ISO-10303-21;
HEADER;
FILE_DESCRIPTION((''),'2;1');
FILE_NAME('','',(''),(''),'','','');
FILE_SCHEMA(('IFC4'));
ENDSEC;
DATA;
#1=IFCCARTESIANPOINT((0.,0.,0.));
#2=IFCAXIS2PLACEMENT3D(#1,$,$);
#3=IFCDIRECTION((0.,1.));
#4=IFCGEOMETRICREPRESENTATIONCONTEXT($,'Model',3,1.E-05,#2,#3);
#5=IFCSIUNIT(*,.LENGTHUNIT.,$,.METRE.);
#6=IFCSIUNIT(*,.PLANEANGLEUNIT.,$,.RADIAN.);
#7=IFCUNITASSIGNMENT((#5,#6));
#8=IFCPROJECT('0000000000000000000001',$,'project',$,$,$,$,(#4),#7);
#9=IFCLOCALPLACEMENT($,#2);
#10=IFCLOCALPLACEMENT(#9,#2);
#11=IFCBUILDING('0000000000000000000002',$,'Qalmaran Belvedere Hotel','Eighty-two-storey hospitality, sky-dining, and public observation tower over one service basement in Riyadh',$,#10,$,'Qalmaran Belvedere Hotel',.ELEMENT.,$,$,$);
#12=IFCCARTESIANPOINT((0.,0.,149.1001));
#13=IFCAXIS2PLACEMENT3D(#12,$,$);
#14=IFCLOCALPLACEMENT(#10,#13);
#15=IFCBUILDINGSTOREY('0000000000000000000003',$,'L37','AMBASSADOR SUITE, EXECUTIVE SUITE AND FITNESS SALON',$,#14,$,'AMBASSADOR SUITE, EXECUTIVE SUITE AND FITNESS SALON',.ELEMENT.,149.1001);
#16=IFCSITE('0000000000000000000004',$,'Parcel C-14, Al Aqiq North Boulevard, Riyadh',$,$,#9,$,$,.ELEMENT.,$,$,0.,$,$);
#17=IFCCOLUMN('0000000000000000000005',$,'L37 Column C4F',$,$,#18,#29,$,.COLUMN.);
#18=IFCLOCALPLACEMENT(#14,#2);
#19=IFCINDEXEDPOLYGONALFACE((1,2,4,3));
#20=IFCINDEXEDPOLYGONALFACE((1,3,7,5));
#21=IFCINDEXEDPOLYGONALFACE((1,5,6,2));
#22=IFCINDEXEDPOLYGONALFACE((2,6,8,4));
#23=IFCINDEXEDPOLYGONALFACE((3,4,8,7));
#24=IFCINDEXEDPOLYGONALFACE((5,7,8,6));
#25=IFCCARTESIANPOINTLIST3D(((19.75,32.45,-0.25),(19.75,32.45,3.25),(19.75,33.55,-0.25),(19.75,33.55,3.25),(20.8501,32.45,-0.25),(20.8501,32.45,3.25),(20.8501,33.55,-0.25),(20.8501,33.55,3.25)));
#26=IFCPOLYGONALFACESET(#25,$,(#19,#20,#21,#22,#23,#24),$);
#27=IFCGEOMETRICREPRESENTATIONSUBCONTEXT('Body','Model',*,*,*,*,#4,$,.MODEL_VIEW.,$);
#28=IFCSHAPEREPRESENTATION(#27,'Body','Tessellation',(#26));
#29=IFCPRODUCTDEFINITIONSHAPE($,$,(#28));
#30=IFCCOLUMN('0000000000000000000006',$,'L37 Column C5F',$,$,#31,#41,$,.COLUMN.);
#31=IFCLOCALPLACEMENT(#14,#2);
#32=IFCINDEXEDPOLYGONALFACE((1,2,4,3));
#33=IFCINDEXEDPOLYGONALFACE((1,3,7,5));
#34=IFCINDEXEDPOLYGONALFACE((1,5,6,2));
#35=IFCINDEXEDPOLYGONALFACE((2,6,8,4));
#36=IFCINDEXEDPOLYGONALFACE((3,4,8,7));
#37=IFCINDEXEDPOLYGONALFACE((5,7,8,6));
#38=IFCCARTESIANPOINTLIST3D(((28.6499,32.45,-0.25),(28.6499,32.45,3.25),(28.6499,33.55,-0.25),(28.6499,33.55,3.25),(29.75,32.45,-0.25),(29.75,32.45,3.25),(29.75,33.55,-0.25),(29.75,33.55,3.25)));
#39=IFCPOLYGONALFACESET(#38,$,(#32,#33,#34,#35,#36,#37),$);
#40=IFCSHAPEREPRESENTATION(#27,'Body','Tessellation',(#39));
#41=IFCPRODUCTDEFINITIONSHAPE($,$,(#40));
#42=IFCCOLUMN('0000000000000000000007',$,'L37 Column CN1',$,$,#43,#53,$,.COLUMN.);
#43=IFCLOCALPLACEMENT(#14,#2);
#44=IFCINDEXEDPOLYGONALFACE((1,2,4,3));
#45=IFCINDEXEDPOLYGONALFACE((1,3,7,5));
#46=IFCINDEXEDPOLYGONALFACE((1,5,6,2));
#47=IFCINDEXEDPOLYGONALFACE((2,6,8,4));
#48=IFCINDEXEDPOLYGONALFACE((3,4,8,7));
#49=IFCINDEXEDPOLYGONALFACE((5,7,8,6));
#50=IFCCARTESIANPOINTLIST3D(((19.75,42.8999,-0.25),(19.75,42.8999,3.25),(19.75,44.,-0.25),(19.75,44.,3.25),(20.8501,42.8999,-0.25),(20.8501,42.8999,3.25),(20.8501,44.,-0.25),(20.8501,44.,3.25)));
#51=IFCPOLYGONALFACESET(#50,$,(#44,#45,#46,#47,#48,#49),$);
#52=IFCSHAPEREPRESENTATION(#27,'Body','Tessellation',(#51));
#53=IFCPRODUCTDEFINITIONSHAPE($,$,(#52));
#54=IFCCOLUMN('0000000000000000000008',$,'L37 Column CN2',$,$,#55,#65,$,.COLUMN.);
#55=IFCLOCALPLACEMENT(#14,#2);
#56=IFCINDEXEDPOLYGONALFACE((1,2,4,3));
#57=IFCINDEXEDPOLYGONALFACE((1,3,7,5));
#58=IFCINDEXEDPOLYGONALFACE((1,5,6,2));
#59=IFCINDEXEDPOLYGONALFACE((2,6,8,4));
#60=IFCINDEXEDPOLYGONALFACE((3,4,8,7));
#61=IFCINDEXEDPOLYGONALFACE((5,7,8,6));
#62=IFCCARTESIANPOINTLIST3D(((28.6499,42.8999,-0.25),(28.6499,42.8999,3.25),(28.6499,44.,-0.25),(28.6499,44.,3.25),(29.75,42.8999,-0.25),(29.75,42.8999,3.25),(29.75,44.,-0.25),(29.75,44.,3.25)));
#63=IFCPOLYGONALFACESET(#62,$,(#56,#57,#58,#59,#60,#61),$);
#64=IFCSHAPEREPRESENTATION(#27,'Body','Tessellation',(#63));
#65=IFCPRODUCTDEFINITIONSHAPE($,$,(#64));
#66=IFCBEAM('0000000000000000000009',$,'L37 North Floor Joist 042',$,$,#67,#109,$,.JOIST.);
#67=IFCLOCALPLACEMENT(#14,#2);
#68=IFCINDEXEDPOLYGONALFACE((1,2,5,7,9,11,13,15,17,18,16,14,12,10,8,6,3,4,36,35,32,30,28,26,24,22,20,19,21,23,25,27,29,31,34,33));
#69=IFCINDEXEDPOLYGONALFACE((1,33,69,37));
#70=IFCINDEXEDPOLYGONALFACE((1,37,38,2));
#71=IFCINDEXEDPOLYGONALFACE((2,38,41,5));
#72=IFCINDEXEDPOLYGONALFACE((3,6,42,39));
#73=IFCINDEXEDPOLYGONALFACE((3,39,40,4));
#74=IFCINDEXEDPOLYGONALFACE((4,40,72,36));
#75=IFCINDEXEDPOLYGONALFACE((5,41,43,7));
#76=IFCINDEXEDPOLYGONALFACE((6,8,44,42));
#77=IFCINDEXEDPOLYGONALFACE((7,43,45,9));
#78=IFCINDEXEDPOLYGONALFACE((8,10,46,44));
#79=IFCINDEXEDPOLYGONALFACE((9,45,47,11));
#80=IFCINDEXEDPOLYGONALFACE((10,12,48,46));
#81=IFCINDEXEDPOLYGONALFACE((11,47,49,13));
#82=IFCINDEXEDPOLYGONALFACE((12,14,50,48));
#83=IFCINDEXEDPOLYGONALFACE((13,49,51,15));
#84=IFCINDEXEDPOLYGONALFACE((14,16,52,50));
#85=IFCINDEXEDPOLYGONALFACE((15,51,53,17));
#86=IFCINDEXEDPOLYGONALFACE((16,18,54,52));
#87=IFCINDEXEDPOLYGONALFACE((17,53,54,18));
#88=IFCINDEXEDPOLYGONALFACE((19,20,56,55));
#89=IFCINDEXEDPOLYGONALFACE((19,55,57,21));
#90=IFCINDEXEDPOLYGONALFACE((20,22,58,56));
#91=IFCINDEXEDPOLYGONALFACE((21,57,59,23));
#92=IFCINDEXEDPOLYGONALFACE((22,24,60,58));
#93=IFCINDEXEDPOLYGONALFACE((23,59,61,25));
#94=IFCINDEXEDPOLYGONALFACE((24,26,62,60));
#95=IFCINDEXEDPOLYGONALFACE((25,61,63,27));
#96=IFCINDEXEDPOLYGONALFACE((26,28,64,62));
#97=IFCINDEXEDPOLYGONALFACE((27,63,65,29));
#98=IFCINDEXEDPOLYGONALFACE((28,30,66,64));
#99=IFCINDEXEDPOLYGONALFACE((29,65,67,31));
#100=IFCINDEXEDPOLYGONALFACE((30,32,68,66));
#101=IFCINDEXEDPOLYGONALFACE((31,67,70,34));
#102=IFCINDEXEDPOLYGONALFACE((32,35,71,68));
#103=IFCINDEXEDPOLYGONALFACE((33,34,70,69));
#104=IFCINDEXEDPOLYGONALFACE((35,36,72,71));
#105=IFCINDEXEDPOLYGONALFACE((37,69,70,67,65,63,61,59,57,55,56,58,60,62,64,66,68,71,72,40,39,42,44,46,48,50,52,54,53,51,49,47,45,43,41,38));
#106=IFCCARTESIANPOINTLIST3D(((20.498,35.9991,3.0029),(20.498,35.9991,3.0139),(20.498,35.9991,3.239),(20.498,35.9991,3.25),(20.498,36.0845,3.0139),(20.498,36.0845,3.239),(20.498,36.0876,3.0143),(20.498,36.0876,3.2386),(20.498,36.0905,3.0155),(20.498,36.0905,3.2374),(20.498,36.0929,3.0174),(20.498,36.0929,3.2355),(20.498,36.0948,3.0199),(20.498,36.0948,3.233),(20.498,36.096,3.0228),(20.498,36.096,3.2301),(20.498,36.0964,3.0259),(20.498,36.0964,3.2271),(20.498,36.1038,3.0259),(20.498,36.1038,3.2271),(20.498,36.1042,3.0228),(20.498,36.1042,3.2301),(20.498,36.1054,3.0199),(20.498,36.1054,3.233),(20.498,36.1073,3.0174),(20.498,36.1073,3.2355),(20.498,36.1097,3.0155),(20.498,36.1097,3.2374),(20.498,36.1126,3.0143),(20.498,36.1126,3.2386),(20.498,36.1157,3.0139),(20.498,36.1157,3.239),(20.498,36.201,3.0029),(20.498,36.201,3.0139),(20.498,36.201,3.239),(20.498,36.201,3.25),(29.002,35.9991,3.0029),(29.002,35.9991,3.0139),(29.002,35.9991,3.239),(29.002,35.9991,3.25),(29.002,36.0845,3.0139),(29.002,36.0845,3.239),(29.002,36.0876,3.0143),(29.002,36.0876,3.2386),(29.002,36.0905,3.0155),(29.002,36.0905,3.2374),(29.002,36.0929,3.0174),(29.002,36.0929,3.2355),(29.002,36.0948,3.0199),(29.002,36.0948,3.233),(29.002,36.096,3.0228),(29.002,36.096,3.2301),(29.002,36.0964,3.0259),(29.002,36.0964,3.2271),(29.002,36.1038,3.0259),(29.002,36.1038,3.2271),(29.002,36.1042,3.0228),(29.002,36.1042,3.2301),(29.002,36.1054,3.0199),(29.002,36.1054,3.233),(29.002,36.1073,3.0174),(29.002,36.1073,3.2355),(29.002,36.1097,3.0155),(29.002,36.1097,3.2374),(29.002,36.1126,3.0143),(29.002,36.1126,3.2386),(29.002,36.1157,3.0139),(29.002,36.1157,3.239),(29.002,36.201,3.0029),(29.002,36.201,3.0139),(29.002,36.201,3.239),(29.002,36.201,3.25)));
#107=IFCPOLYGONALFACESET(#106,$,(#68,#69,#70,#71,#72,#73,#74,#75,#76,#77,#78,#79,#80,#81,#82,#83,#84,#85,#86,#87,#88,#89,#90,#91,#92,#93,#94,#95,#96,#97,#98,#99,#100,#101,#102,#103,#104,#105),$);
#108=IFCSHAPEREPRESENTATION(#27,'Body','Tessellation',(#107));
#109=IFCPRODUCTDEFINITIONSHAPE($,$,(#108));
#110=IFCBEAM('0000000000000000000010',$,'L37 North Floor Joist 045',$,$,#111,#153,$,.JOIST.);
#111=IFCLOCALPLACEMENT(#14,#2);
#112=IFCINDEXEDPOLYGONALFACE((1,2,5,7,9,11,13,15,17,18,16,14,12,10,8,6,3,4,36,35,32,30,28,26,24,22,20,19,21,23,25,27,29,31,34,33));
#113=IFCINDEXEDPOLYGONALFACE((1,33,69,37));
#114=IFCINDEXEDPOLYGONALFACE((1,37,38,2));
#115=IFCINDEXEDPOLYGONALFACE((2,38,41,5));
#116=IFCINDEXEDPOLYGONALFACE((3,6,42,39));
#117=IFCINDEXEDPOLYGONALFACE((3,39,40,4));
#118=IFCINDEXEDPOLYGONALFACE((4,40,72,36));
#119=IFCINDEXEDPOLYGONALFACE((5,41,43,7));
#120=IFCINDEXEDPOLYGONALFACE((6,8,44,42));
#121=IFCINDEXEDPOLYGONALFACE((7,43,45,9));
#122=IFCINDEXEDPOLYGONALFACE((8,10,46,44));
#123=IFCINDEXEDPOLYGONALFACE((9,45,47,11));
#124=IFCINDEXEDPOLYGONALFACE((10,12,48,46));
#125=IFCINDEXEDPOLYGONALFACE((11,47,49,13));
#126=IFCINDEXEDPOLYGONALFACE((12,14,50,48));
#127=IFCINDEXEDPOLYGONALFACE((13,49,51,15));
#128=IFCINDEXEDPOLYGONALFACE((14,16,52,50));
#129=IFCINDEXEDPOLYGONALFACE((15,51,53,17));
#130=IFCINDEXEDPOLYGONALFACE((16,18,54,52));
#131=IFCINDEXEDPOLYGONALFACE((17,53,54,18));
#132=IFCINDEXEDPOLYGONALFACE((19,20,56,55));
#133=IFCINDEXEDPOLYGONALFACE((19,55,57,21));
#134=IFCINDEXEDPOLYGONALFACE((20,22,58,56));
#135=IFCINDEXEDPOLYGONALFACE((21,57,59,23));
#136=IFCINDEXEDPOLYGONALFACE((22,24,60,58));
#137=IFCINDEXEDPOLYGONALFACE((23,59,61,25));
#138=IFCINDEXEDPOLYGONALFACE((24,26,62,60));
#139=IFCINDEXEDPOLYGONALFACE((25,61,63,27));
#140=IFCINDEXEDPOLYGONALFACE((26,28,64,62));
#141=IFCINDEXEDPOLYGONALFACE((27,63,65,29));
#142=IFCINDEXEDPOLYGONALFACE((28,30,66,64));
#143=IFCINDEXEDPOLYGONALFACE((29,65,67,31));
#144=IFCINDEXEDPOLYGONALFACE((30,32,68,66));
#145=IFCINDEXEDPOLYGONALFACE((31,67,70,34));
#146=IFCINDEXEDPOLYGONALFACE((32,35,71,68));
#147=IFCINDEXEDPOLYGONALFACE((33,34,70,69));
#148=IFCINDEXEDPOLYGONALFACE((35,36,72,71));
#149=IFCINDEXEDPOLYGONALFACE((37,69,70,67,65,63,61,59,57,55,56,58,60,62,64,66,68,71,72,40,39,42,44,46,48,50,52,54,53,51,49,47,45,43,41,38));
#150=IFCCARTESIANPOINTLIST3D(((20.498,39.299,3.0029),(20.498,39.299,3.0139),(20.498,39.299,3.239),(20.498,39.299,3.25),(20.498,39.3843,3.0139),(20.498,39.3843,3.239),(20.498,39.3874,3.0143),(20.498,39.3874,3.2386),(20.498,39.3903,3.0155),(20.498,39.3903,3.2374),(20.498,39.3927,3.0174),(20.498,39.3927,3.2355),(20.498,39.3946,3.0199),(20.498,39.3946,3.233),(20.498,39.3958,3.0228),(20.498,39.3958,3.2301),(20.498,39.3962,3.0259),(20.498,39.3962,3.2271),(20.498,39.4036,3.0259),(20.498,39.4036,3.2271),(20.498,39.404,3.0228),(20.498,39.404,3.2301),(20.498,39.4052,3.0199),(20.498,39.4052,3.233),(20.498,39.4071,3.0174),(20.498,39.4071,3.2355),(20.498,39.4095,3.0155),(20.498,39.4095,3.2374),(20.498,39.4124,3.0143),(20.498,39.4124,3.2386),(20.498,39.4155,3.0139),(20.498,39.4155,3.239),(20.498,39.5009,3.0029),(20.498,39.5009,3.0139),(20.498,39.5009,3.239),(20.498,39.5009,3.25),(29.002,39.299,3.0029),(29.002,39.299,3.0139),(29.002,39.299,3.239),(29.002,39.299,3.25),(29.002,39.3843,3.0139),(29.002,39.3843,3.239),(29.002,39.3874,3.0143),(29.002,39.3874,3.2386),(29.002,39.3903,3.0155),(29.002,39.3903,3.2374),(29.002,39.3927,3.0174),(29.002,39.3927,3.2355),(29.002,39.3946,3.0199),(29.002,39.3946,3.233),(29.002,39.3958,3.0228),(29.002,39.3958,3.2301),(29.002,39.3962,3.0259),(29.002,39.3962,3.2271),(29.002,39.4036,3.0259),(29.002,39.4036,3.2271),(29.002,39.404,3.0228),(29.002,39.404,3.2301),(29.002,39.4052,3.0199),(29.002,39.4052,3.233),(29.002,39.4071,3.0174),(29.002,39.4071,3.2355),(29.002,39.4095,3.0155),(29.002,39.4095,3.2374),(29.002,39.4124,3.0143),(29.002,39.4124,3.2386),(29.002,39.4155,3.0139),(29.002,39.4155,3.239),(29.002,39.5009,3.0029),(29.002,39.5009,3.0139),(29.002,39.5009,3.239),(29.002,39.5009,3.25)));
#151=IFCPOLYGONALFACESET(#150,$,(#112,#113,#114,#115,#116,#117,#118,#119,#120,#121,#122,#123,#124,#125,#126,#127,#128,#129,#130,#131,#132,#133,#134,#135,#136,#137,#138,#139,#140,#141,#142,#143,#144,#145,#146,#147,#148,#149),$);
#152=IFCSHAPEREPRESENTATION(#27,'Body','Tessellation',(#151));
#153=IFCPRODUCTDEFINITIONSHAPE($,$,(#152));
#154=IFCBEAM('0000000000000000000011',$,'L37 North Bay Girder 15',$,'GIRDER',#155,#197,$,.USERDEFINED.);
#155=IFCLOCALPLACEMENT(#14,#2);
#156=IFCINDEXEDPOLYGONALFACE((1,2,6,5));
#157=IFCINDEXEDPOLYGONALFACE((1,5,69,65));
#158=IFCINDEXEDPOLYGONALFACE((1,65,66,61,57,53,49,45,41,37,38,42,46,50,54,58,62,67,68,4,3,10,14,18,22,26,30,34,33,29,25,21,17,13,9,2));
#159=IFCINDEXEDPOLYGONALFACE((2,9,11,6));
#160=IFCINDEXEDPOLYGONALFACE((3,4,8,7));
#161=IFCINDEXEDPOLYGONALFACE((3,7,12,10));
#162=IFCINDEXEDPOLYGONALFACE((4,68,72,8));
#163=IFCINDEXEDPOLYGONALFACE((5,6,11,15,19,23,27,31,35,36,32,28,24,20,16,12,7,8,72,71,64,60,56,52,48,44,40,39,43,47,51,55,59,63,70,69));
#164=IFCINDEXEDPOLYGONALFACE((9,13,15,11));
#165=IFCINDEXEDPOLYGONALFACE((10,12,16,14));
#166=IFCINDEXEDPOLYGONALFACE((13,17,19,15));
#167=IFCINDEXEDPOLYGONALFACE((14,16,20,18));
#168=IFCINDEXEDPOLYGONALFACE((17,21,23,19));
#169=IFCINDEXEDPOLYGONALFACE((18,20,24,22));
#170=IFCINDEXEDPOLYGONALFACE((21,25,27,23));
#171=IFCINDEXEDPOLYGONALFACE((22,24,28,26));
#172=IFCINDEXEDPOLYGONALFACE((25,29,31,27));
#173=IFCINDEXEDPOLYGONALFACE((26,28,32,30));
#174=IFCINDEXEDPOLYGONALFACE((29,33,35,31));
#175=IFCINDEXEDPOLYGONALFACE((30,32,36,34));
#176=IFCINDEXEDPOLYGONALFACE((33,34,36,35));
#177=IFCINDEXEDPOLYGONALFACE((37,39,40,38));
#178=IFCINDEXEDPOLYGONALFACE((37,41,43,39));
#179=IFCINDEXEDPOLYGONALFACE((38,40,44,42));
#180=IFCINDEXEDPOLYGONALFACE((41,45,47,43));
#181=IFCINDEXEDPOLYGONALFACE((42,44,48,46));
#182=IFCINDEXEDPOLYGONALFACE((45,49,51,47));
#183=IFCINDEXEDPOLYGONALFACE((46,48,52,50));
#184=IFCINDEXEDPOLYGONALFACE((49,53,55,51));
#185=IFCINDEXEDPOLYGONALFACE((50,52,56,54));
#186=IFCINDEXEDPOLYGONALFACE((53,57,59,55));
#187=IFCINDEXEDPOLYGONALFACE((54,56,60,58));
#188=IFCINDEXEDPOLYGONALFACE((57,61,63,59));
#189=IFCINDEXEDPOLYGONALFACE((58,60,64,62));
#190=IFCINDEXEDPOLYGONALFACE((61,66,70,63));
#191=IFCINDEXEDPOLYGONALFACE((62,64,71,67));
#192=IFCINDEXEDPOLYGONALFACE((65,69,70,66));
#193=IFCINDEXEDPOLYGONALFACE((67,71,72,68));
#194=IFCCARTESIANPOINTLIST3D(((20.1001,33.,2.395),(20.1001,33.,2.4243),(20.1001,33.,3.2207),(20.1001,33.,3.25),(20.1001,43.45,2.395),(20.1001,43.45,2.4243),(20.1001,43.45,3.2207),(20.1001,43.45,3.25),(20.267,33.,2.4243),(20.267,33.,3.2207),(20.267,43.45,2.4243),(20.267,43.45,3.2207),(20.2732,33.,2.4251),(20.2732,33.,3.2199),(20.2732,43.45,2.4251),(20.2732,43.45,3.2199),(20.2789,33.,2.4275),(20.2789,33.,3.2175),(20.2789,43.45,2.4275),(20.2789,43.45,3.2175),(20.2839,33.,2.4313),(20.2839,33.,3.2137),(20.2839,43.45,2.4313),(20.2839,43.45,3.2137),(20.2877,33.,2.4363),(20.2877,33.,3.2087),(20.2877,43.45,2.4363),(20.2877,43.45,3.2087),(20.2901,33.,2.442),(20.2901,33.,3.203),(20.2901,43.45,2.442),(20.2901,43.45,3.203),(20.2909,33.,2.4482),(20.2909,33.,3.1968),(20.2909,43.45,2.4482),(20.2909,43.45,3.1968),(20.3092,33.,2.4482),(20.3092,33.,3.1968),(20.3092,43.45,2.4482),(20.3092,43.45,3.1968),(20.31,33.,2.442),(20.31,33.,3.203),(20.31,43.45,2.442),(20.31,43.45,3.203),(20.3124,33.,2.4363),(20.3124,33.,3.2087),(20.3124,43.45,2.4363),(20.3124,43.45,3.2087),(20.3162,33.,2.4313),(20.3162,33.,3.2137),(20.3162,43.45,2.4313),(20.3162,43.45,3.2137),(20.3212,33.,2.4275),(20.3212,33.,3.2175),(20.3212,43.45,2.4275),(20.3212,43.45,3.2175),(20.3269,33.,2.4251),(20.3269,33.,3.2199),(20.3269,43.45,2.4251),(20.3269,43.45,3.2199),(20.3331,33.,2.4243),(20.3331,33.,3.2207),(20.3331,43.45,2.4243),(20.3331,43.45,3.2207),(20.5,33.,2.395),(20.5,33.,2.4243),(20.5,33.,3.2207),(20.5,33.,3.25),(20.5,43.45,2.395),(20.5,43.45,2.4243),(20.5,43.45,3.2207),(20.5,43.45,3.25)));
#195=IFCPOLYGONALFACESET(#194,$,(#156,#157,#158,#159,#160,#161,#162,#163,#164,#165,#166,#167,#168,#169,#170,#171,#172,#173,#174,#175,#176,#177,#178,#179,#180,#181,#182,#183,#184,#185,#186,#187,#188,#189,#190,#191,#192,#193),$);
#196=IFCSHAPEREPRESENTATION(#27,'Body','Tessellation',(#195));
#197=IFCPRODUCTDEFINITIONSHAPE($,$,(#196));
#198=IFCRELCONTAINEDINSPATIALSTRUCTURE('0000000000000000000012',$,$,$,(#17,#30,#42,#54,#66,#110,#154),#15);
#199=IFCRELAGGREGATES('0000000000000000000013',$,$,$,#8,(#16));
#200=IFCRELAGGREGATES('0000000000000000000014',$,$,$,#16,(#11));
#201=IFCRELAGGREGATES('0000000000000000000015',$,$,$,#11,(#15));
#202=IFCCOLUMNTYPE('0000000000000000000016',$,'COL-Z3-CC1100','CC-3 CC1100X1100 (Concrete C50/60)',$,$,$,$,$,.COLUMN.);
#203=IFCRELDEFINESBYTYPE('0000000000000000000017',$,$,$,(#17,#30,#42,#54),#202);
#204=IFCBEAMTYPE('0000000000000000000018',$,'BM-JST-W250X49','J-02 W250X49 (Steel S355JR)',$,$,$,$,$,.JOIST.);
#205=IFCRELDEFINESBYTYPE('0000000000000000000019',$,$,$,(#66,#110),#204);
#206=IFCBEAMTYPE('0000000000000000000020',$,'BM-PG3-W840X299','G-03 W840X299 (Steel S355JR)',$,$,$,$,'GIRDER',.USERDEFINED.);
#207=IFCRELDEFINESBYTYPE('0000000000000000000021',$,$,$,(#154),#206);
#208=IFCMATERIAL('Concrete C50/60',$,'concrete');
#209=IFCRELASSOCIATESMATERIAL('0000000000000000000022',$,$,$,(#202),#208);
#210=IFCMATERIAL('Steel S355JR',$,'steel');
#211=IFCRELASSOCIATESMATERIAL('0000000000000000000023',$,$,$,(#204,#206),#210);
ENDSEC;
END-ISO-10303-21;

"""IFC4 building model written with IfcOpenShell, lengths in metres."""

from ifc_helpers import new_model, si_unit, direction, frame, origin, origin_2d, place, context, subcontext, project, spatial, rectangle, i_section, extrude, material, material_profile, profile_set, type_object, element, save


model = new_model("IFC4")

# Units and contexts
model_context = context("Model", 3, precision=1e-05, world=origin(), true_north=direction((0.0, 1.0)))
body_context = subcontext(model_context, "Body", "Model", "MODEL_VIEW")
ifc_project = project(units=[si_unit("LENGTHUNIT", "METRE"), si_unit("PLANEANGLEUNIT", "RADIAN")], contexts=[model_context])

# Site, building, storey
site_placement = place(None, origin())
site = spatial("IfcSite", under=ifc_project, at=site_placement, Name="Parcel C-14, Al Aqiq North Boulevard, Riyadh", CompositionType="ELEMENT", RefElevation=0.0)
building_placement = place(site_placement, origin())
building = spatial("IfcBuilding", under=site, at=building_placement, Name="Qalmaran Belvedere Hotel", Description="Eighty-two-storey hospitality, sky-dining, and public observation tower over one service basement in Riyadh", LongName="Qalmaran Belvedere Hotel", CompositionType="ELEMENT")
storey_placement = place(building_placement, frame((0.0, 0.0, 149.1001)))
storey = spatial("IfcBuildingStorey", under=building, at=storey_placement, Name="L37", Description="AMBASSADOR SUITE, EXECUTIVE SUITE AND FITNESS SALON", LongName="AMBASSADOR SUITE, EXECUTIVE SUITE AND FITNESS SALON", CompositionType="ELEMENT", Elevation=149.1001)

# Columns
ifc_material_1 = material(Name="Concrete C50/60", Category="concrete")
ifc_material_profile_1 = material_profile(ifc_material_1, rectangle(XDim=1.1001, YDim=1.1001, at=origin_2d()), Name="CC1100X1100")
ifc_profile_set_1 = profile_set([ifc_material_profile_1], Name="Concrete C50/60")
column_type = type_object("IfcColumnType", Name="COL-Z3-CC1100", Description="CC-3 CC1100X1100 (Concrete C50/60)", PredefinedType="COLUMN", material=ifc_profile_set_1)
for number, where, z_axis, x_axis, name in (
    (1, (20.3, 33.0, -0.25), (0.0, 0.0, 1.0), (1.0, 0.0, 0.0), "L37 Column C4F"),
    (2, (29.2, 33.0, -0.25), (0.0, 0.0, 1.0), (1.0, 0.0, 0.0), "L37 Column C5F"),
    (3, (20.3, 43.45, -0.25), (0.0, 0.0, 1.0), (1.0, 0.0, 0.0), "L37 Column CN1"),
    (4, (29.2, 43.45, -0.25), (0.0, 0.0, 1.0), (1.0, 0.0, 0.0), "L37 Column CN2"),
):
    element("IfcColumn", number, at=place(storey_placement, frame(where, z_axis=z_axis, x_axis=x_axis)), inside=storey, type_object=column_type, Name=name, PredefinedType="COLUMN", context=body_context, shape_type="SweptSolid", body=[
        extrude(rectangle(XDim=1.1001, YDim=1.1001, at=origin_2d()), origin(), (0.0, 0.0, 1.0), 3.5),
    ])

# Beams
ifc_material_2 = material(Name="Steel S355JR", Category="steel")
ifc_material_profile_2 = material_profile(ifc_material_2, i_section(OverallWidth=0.2019, OverallDepth=0.2471, WebThickness=0.0073, FlangeThickness=0.011, FilletRadius=0.012, at=origin_2d()), Name="W250X49")
ifc_profile_set_2 = profile_set([ifc_material_profile_2], Name="Steel S355JR")
beam_type_1 = type_object("IfcBeamType", Name="BM-JST-W250X49", Description="J-02 W250X49 (Steel S355JR)", PredefinedType="JOIST", material=ifc_profile_set_2)
for number, where, z_axis, x_axis, name in (
    (5, (20.498, 36.1001, 3.1265), (1.0, 0.0, 0.0), (0.0, 1.0, 0.0), "L37 North Floor Joist 042"),
    (6, (20.498, 39.3999, 3.1265), (1.0, 0.0, 0.0), (0.0, 1.0, 0.0), "L37 North Floor Joist 045"),
):
    element("IfcBeam", number, at=place(storey_placement, frame(where, z_axis=z_axis, x_axis=x_axis)), inside=storey, type_object=beam_type_1, Name=name, PredefinedType="JOIST", context=body_context, shape_type="SweptSolid", body=[
        extrude(i_section(OverallWidth=0.2019, OverallDepth=0.2471, WebThickness=0.0073, FlangeThickness=0.011, FilletRadius=0.012, at=origin_2d()), origin(), (0.0, 0.0, 1.0), 8.5039),
    ])
ifc_material_profile_3 = material_profile(ifc_material_2, i_section(OverallWidth=0.3999, OverallDepth=0.855, WebThickness=0.0183, FlangeThickness=0.0293, FilletRadius=0.0239, at=origin_2d()), Name="W840X299")
ifc_profile_set_3 = profile_set([ifc_material_profile_3], Name="Steel S355JR")
beam_type_2 = type_object("IfcBeamType", Name="BM-PG3-W840X299", Description="G-03 W840X299 (Steel S355JR)", ElementType="GIRDER", PredefinedType="USERDEFINED", material=ifc_profile_set_3)
beam_1_placement = place(storey_placement, frame((20.3, 33.0, 2.8225), z_axis=(0.0, 1.0, 0.0), x_axis=(-1.0, 0.0, 0.0)))
element("IfcBeam", 7, at=beam_1_placement, inside=storey, type_object=beam_type_2, Name="L37 North Bay Girder 15", ObjectType="GIRDER", PredefinedType="USERDEFINED", context=body_context, shape_type="SweptSolid", body=[
    extrude(i_section(OverallWidth=0.3999, OverallDepth=0.855, WebThickness=0.0183, FlangeThickness=0.0293, FilletRadius=0.0239, at=origin_2d()), origin(), (0.0, 0.0, 1.0), 10.45),
])

save(model, "model.ifc")
